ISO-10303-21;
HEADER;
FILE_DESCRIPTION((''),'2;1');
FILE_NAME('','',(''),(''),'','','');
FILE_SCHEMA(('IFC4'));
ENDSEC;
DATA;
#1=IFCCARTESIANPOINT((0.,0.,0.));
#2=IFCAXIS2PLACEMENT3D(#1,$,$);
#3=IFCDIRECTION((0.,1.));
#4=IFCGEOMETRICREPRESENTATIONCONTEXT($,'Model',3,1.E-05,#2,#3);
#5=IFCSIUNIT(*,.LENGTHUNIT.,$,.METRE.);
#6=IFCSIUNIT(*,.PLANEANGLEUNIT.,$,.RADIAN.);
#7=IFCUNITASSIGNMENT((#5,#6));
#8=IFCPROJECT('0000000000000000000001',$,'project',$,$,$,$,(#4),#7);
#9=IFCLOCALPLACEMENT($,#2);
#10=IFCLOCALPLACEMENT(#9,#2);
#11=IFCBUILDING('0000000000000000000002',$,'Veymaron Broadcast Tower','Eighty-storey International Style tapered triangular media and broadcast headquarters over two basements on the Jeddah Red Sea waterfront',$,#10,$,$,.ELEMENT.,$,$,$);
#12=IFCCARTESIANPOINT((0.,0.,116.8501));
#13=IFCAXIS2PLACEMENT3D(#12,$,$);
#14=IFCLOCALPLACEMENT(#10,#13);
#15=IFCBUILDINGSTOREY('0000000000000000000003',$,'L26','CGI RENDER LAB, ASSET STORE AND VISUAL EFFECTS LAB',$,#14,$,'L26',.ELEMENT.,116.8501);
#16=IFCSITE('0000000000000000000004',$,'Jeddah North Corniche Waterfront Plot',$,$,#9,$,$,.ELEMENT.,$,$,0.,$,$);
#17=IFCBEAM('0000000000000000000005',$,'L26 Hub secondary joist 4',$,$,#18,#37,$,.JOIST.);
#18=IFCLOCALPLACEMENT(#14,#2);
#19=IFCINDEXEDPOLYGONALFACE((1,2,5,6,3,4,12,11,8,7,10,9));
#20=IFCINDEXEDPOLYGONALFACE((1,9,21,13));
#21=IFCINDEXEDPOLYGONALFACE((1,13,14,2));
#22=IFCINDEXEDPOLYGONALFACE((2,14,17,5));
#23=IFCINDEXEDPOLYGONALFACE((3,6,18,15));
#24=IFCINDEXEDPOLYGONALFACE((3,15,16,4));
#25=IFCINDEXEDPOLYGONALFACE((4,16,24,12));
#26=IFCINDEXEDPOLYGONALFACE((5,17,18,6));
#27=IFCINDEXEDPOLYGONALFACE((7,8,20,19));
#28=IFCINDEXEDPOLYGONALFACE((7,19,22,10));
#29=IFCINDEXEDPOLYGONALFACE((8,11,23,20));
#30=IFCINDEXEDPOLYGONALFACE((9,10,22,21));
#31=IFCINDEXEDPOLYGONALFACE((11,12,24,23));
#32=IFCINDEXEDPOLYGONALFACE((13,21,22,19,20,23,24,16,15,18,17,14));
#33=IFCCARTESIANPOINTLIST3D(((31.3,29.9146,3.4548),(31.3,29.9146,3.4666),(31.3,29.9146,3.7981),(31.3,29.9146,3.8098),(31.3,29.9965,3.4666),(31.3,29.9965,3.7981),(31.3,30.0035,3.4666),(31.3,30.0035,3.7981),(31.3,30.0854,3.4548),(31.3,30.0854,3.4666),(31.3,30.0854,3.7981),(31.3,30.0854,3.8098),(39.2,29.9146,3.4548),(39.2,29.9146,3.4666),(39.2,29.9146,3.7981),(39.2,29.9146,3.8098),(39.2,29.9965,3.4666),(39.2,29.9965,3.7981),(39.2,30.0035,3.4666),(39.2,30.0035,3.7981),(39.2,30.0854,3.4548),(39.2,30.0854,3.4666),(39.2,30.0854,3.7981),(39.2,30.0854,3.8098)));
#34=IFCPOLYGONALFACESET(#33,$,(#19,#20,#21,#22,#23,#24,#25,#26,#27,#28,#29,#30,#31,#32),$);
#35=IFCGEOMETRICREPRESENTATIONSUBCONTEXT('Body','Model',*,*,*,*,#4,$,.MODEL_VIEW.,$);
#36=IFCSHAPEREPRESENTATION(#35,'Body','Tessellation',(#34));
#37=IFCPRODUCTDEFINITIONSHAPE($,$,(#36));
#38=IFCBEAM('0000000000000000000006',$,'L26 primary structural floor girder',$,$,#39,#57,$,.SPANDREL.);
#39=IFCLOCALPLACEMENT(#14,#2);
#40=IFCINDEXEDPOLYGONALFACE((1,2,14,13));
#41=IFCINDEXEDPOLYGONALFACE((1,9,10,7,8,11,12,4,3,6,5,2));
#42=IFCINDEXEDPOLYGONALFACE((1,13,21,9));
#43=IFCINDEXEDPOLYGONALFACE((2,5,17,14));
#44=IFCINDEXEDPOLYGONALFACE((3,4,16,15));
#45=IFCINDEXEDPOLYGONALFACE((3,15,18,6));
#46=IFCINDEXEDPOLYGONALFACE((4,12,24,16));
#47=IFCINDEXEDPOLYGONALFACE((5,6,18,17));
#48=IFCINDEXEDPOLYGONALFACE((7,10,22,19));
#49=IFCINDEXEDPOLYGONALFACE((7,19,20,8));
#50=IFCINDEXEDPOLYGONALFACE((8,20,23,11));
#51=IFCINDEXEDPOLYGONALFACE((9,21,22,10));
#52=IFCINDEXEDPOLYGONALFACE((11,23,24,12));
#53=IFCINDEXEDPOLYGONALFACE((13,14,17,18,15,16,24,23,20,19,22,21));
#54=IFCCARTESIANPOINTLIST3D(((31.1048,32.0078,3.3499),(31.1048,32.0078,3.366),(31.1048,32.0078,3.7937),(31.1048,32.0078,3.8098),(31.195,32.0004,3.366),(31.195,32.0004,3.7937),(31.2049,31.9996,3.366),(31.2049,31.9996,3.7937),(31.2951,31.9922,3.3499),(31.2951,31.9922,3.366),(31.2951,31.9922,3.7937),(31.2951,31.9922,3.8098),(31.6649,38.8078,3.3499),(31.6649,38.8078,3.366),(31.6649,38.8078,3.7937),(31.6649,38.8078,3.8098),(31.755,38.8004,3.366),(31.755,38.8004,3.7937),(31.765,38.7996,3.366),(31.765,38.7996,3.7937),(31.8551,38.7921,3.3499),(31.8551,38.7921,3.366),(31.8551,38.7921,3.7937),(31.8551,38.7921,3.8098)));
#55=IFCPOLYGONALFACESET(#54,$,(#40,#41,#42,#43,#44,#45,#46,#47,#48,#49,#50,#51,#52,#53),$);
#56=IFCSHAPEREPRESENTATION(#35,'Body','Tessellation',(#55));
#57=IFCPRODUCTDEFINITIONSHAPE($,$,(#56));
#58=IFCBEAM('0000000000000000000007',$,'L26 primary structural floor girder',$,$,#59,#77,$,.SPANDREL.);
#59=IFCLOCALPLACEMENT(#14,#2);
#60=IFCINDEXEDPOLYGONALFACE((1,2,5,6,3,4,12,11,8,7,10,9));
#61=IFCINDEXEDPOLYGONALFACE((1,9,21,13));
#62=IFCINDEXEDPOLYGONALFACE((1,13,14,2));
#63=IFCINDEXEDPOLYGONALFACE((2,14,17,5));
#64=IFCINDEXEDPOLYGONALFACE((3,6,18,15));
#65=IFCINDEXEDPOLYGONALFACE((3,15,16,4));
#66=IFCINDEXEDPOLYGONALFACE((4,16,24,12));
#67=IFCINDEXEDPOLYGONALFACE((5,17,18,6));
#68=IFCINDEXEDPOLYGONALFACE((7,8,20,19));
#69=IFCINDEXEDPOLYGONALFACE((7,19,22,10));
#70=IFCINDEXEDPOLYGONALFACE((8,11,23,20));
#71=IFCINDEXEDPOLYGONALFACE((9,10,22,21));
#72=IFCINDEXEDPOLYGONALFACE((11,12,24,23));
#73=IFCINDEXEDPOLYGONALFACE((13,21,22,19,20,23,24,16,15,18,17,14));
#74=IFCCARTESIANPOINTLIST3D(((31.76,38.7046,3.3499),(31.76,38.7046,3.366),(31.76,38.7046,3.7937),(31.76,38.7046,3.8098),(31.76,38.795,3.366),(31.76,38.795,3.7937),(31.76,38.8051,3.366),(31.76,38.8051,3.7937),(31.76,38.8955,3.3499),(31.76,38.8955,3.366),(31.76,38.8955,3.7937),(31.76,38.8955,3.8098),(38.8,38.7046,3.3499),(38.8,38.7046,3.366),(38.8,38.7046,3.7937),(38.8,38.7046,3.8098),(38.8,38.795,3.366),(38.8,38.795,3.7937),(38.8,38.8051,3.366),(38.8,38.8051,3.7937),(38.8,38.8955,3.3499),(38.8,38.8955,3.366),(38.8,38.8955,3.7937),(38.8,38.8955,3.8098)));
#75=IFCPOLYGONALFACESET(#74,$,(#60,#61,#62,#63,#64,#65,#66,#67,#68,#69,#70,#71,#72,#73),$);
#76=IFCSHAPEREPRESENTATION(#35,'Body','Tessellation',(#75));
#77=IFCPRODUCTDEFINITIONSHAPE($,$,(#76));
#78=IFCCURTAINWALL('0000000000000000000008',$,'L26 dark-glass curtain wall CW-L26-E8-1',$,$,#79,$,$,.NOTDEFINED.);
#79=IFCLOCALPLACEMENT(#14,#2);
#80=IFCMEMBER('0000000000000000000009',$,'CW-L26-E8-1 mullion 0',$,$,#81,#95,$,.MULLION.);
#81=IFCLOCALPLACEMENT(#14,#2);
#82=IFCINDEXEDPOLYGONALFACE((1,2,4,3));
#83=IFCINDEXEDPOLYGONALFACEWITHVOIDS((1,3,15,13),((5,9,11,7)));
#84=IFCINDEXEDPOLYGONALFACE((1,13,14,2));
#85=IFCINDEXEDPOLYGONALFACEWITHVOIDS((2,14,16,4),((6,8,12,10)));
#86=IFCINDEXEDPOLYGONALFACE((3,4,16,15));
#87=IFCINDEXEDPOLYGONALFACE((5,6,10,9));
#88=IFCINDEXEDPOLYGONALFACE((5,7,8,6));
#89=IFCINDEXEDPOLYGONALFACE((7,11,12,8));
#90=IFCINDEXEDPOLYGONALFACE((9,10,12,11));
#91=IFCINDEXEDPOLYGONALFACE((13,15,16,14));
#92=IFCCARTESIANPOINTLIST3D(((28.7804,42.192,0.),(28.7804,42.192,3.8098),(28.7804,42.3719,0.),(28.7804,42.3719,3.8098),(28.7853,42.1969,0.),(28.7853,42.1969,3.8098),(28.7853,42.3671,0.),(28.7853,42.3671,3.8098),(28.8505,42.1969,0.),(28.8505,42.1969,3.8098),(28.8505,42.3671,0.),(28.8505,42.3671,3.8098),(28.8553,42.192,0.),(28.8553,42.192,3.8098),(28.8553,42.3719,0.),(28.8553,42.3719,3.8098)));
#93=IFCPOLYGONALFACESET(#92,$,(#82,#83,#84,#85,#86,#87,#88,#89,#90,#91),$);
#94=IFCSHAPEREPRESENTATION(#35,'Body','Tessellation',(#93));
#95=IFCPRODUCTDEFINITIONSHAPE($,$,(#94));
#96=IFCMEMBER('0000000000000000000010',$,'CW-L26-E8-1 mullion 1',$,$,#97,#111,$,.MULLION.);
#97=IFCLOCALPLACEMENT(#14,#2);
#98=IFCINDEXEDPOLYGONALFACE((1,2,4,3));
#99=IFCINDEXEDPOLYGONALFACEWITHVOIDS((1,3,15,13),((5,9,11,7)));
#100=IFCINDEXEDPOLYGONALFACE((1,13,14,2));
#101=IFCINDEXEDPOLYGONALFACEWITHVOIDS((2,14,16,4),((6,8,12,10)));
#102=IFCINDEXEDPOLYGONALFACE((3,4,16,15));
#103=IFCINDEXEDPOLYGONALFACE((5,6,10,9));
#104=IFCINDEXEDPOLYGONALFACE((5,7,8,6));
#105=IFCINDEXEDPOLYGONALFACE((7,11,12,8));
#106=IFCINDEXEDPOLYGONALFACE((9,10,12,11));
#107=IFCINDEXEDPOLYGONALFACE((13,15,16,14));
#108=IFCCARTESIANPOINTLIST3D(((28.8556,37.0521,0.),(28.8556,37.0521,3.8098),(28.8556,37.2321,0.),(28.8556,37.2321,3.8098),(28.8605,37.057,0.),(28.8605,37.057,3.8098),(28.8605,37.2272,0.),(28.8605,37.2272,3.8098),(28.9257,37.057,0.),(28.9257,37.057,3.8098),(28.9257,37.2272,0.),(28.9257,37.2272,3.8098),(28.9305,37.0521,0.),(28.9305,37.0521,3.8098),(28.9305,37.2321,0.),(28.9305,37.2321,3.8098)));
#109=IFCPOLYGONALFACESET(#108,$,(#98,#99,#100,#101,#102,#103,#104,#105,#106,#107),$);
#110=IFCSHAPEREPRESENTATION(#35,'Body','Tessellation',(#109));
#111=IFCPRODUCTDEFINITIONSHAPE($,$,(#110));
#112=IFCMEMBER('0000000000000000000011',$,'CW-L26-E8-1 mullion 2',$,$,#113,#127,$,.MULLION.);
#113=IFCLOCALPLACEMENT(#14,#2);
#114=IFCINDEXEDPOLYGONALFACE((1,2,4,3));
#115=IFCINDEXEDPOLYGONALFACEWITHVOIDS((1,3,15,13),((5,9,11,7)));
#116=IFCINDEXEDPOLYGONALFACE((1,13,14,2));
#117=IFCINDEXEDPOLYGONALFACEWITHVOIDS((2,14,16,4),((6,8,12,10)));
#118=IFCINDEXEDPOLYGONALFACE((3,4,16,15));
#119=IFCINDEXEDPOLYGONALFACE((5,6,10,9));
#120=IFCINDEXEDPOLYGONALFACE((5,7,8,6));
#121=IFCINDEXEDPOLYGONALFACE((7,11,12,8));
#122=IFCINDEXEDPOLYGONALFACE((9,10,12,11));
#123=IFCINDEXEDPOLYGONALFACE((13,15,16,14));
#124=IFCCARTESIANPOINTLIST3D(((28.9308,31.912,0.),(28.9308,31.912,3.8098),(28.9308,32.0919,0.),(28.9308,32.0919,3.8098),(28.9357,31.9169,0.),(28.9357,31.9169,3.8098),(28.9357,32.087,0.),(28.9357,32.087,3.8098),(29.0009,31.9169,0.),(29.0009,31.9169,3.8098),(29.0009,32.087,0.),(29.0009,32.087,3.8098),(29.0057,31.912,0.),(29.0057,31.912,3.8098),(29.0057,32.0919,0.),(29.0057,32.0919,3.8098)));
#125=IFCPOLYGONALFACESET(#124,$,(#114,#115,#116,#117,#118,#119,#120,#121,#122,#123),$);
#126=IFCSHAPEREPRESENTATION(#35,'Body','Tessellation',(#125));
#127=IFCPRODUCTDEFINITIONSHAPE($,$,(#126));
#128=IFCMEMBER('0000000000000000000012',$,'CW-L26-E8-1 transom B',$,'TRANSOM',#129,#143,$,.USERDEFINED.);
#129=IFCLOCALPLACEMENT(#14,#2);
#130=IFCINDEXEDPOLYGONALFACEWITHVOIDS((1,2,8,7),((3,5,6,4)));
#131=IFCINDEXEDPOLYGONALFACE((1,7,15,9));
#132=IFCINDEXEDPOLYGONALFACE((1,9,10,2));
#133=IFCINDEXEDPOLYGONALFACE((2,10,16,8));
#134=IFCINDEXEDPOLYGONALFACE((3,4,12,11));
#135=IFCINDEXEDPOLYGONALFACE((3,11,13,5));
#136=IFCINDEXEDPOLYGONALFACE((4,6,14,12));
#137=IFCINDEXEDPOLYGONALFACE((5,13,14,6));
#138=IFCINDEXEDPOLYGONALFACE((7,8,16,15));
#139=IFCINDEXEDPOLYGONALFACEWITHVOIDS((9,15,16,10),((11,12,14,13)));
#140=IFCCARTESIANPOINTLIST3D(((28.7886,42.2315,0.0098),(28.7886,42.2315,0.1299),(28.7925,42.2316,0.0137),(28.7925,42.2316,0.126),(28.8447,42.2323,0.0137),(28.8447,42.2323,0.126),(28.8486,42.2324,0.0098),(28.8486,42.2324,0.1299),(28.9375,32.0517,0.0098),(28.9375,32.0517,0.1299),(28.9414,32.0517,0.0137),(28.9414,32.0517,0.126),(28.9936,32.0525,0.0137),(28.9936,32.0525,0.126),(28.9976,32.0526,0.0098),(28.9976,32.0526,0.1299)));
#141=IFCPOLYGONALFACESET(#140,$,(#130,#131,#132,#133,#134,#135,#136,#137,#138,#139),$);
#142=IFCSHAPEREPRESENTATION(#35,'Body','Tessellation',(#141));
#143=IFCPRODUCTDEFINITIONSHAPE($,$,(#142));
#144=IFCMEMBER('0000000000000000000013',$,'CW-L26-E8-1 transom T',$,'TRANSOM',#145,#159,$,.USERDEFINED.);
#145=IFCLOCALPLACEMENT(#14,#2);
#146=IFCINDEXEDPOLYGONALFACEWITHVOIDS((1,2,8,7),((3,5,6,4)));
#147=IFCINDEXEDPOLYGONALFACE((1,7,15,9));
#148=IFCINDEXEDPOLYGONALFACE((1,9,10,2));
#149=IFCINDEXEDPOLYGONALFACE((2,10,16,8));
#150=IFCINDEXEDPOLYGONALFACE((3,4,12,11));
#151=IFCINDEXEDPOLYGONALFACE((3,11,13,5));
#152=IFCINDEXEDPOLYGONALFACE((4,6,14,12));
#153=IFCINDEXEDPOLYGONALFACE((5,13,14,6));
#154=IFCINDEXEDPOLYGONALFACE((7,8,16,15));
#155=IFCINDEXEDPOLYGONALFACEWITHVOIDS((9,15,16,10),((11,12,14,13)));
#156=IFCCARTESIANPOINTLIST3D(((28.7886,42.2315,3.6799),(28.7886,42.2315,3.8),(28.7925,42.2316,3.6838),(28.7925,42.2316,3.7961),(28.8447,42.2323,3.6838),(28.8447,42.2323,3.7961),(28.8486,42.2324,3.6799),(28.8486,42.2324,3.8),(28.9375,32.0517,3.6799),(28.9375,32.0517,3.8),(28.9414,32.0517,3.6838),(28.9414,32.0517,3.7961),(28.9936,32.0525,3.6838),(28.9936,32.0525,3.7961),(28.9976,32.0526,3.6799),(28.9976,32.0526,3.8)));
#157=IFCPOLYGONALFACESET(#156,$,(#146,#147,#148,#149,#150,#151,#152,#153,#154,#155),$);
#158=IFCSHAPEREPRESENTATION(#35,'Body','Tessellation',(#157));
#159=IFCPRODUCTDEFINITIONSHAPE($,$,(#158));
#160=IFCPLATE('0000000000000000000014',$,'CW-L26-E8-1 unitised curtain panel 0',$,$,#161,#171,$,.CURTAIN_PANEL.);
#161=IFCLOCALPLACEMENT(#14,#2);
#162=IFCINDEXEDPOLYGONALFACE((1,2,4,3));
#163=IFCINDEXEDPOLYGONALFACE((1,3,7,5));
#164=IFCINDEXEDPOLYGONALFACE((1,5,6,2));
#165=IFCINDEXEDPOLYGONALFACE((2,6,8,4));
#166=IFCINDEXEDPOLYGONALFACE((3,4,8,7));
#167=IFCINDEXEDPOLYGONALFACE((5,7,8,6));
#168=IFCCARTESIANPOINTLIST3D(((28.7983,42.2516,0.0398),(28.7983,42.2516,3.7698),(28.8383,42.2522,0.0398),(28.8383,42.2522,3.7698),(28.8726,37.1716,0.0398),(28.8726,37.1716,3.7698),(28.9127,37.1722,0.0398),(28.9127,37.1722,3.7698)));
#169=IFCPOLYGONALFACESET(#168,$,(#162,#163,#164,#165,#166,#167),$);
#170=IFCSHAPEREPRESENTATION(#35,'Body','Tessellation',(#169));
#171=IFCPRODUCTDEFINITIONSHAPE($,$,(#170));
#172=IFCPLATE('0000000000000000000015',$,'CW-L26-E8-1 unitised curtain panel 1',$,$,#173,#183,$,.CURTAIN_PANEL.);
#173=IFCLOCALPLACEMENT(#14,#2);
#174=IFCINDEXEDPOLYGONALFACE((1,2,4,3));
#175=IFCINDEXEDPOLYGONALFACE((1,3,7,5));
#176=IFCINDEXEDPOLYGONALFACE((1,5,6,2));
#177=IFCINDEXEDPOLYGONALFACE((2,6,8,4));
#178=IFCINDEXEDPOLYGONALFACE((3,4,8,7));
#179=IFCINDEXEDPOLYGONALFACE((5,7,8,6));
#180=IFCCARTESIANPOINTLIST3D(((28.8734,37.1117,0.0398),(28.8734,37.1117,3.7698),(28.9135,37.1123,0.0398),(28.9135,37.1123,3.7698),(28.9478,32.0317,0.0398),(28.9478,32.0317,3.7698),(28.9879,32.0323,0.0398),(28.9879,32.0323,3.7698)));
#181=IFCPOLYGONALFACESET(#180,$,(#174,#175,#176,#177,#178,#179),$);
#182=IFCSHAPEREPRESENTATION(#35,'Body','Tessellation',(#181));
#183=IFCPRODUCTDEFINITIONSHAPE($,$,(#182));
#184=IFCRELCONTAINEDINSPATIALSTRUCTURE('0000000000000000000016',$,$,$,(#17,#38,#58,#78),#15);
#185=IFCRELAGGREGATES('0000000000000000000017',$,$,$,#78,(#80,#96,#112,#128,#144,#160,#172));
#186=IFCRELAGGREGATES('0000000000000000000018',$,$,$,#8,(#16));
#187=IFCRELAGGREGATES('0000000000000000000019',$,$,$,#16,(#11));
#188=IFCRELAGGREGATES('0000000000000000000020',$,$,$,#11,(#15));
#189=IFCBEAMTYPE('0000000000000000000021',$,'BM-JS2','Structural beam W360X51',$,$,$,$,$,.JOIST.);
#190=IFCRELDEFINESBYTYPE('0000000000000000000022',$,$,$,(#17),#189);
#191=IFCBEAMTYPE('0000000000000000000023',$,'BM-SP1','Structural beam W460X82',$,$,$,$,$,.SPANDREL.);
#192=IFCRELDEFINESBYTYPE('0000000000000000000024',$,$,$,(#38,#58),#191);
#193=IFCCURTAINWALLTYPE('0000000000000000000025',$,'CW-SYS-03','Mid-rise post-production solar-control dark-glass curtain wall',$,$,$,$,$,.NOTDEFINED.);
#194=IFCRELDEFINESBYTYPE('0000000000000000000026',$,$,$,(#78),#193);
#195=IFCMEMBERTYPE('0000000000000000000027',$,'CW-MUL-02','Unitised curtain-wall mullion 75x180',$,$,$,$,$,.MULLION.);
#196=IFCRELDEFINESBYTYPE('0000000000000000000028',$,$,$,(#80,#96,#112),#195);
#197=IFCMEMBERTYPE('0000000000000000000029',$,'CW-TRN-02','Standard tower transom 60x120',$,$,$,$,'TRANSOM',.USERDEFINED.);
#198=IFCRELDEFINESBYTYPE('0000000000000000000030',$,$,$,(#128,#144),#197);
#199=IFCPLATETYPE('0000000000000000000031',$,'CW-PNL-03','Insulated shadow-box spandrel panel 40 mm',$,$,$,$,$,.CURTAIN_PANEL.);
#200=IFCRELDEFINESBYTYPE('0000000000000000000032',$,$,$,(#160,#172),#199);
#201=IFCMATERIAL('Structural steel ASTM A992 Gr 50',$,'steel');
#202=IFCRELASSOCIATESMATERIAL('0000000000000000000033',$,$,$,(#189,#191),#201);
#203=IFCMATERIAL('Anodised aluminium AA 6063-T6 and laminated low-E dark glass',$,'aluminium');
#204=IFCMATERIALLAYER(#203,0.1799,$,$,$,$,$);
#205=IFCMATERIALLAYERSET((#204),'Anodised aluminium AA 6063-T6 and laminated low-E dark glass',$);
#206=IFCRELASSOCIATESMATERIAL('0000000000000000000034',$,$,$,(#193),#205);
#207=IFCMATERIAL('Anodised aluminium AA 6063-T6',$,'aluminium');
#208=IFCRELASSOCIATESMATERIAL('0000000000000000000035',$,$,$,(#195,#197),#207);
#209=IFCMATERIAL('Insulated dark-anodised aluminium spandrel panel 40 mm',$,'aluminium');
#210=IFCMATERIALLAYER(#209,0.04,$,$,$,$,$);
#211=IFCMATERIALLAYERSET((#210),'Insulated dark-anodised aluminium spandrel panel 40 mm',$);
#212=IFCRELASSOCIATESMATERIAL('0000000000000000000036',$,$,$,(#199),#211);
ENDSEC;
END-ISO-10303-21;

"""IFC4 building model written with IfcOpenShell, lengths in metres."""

from ifc_helpers import new_model, si_unit, direction, frame, origin, origin_2d, place, context, subcontext, project, spatial, rectangle, hollow_rectangle, i_section, extrude, material, layer, layer_set, material_profile, profile_set, type_object, element, aggregate, save


model = new_model("IFC4")

# Units and contexts
model_context = context("Model", 3, precision=1e-05, world=origin(), true_north=direction((0.0, 1.0)))
body_context = subcontext(model_context, "Body", "Model", "MODEL_VIEW")
ifc_project = project(units=[si_unit("LENGTHUNIT", "METRE"), si_unit("PLANEANGLEUNIT", "RADIAN")], contexts=[model_context])

# Site, building, storey
site_placement = place(None, origin())
site = spatial("IfcSite", under=ifc_project, at=site_placement, Name="Jeddah North Corniche Waterfront Plot", CompositionType="ELEMENT", RefElevation=0.0)
building_placement = place(site_placement, origin())
building = spatial("IfcBuilding", under=site, at=building_placement, Name="Veymaron Broadcast Tower", Description="Eighty-storey International Style tapered triangular media and broadcast headquarters over two basements on the Jeddah Red Sea waterfront", CompositionType="ELEMENT")
storey_placement = place(building_placement, frame((0.0, 0.0, 116.8501)))
storey = spatial("IfcBuildingStorey", under=building, at=storey_placement, Name="L26", Description="CGI RENDER LAB, ASSET STORE AND VISUAL EFFECTS LAB", LongName="L26", CompositionType="ELEMENT", Elevation=116.8501)

# Shared definitions
ifc_material_1 = material(Name="Structural steel ASTM A992 Gr 50", Category="steel")

# Beams
ifc_material_profile_1 = material_profile(ifc_material_1, i_section(OverallWidth=0.1709, OverallDepth=0.355, WebThickness=0.0071, FlangeThickness=0.0117, at=origin_2d()), Name="W360X51")
ifc_profile_set_1 = profile_set([ifc_material_profile_1], Name="Structural steel ASTM A992 Gr 50")
beam_type_1 = type_object("IfcBeamType", Name="BM-JS2", Description="Structural beam W360X51", PredefinedType="JOIST", material=ifc_profile_set_1)
for number, where, z_axis, x_axis, name in (
    (1, (31.3, 30.0, 3.6323), (1.0, 0.0, 0.0), (0.0, 1.0, 0.0), "L26 Hub secondary joist 4"),
):
    element("IfcBeam", number, at=place(storey_placement, frame(where, z_axis=z_axis, x_axis=x_axis)), inside=storey, type_object=beam_type_1, Name=name, PredefinedType="JOIST", context=body_context, shape_type="SweptSolid", body=[
        extrude(i_section(OverallWidth=0.1709, OverallDepth=0.355, WebThickness=0.0071, FlangeThickness=0.0117, at=origin_2d()), origin(), (0.0, 0.0, 1.0), 7.8999),
    ])
ifc_material_profile_2 = material_profile(ifc_material_1, i_section(OverallWidth=0.1909, OverallDepth=0.46, WebThickness=0.01, FlangeThickness=0.0161, at=origin_2d()), Name="W460X82")
ifc_profile_set_2 = profile_set([ifc_material_profile_2], Name="Structural steel ASTM A992 Gr 50")
beam_type_2 = type_object("IfcBeamType", Name="BM-SP1", Description="Structural beam W460X82", PredefinedType="SPANDREL", material=ifc_profile_set_2)
beam_1_placement = place(storey_placement, frame((31.2, 32.0, 3.5798), z_axis=(0.082083, 0.996625, 0.0), x_axis=(-0.996625, 0.082083, 0.0)))
element("IfcBeam", 2, at=beam_1_placement, inside=storey, type_object=beam_type_2, Name="L26 primary structural floor girder", PredefinedType="SPANDREL", context=body_context, shape_type="SweptSolid", body=[
    extrude(i_section(OverallWidth=0.1909, OverallDepth=0.46, WebThickness=0.01, FlangeThickness=0.0161, at=origin_2d()), origin(), (0.0, 0.0, 1.0), 6.823),
])
beam_2_placement = place(storey_placement, frame((31.76, 38.8, 3.5798), z_axis=(1.0, 0.0, 0.0), x_axis=(0.0, 1.0, 0.0)))
element("IfcBeam", 3, at=beam_2_placement, inside=storey, type_object=beam_type_2, Name="L26 primary structural floor girder", PredefinedType="SPANDREL", context=body_context, shape_type="SweptSolid", body=[
    extrude(i_section(OverallWidth=0.1909, OverallDepth=0.46, WebThickness=0.01, FlangeThickness=0.0161, at=origin_2d()), origin(), (0.0, 0.0, 1.0), 7.04),
])

# Curtain wall, members, plates
ifc_material_2 = material(Name="Anodised aluminium AA 6063-T6 and laminated low-E dark glass", Category="aluminium")
ifc_layer_1 = layer(ifc_material_2, 0.1799)
ifc_layer_set_1 = layer_set([ifc_layer_1], Name="Anodised aluminium AA 6063-T6 and laminated low-E dark glass")
curtain_wall_type = type_object("IfcCurtainWallType", Name="CW-SYS-03", Description="Mid-rise post-production solar-control dark-glass curtain wall", PredefinedType="NOTDEFINED", material=ifc_layer_set_1)
curtain_wall_placement = place(storey_placement, origin())
curtain_wall = element("IfcCurtainWall", 4, at=curtain_wall_placement, inside=storey, type_object=curtain_wall_type, Name="L26 dark-glass curtain wall CW-L26-E8-1", PredefinedType="NOTDEFINED")
ifc_material_3 = material(Name="Anodised aluminium AA 6063-T6", Category="aluminium")
ifc_material_profile_3 = material_profile(ifc_material_3, hollow_rectangle(XDim=0.075, YDim=0.1799, WallThickness=0.0049, at=origin_2d()), Name="AL180X75X5")
ifc_profile_set_3 = profile_set([ifc_material_profile_3], Name="Anodised aluminium AA 6063-T6")
member_type_1 = type_object("IfcMemberType", Name="CW-MUL-02", Description="Unitised curtain-wall mullion 75x180", PredefinedType="MULLION", material=ifc_profile_set_3)
member_1_placement = place(storey_placement, frame((28.8179, 42.282, 0.0), z_axis=(0.0, 0.0, 1.0), x_axis=(1.0, 0.0, 0.0)))
member_1 = element("IfcMember", 5, at=member_1_placement, type_object=member_type_1, Name="CW-L26-E8-1 mullion 0", PredefinedType="MULLION", context=body_context, shape_type="SweptSolid", body=[
    extrude(hollow_rectangle(XDim=0.075, YDim=0.1799, WallThickness=0.0049, at=origin_2d()), origin(), (0.0, 0.0, 1.0), 3.8098),
])
member_2_placement = place(storey_placement, frame((28.8931, 37.1421, 0.0), z_axis=(0.0, 0.0, 1.0), x_axis=(1.0, 0.0, 0.0)))
member_2 = element("IfcMember", 6, at=member_2_placement, type_object=member_type_1, Name="CW-L26-E8-1 mullion 1", PredefinedType="MULLION", context=body_context, shape_type="SweptSolid", body=[
    extrude(hollow_rectangle(XDim=0.075, YDim=0.1799, WallThickness=0.0049, at=origin_2d()), origin(), (0.0, 0.0, 1.0), 3.8098),
])
member_3_placement = place(storey_placement, frame((28.9683, 32.002, 0.0), z_axis=(0.0, 0.0, 1.0), x_axis=(1.0, 0.0, 0.0)))
member_3 = element("IfcMember", 7, at=member_3_placement, type_object=member_type_1, Name="CW-L26-E8-1 mullion 2", PredefinedType="MULLION", context=body_context, shape_type="SweptSolid", body=[
    extrude(hollow_rectangle(XDim=0.075, YDim=0.1799, WallThickness=0.0049, at=origin_2d()), origin(), (0.0, 0.0, 1.0), 3.8098),
])
ifc_material_profile_4 = material_profile(ifc_material_3, hollow_rectangle(XDim=0.0601, YDim=0.1201, WallThickness=0.0039, at=origin_2d()), Name="AL120X60X4")
ifc_profile_set_4 = profile_set([ifc_material_profile_4], Name="Anodised aluminium AA 6063-T6")
member_type_2 = type_object("IfcMemberType", Name="CW-TRN-02", Description="Standard tower transom 60x120", ElementType="TRANSOM", PredefinedType="USERDEFINED", material=ifc_profile_set_4)
member_4_placement = place(storey_placement, frame((28.8186, 42.2319, 0.0698), z_axis=(0.014628, -0.999893, 0.0), x_axis=(0.999893, 0.014628, 0.0)))
member_4 = element("IfcMember", 8, at=member_4_placement, type_object=member_type_2, Name="CW-L26-E8-1 transom B", ObjectType="TRANSOM", PredefinedType="USERDEFINED", context=body_context, shape_type="SweptSolid", body=[
    extrude(hollow_rectangle(XDim=0.0601, YDim=0.1201, WallThickness=0.0039, at=origin_2d()), origin(), (0.0, 0.0, 1.0), 10.1809),
])
member_5_placement = place(storey_placement, frame((28.8186, 42.2319, 3.74), z_axis=(0.014628, -0.999893, 0.0), x_axis=(0.999893, 0.014628, 0.0)))
member_5 = element("IfcMember", 9, at=member_5_placement, type_object=member_type_2, Name="CW-L26-E8-1 transom T", ObjectType="TRANSOM", PredefinedType="USERDEFINED", context=body_context, shape_type="SweptSolid", body=[
    extrude(hollow_rectangle(XDim=0.0601, YDim=0.1201, WallThickness=0.0039, at=origin_2d()), origin(), (0.0, 0.0, 1.0), 10.1809),
])
ifc_material_4 = material(Name="Insulated dark-anodised aluminium spandrel panel 40 mm", Category="aluminium")
ifc_layer_2 = layer(ifc_material_4, 0.04)
ifc_layer_set_2 = layer_set([ifc_layer_2], Name="Insulated dark-anodised aluminium spandrel panel 40 mm")
plate_type = type_object("IfcPlateType", Name="CW-PNL-03", Description="Insulated shadow-box spandrel panel 40 mm", PredefinedType="CURTAIN_PANEL", material=ifc_layer_set_2)
plate_1_placement = place(storey_placement, frame((28.8555, 39.7119, 0.0398), z_axis=(0.0, 0.0, 1.0), x_axis=(0.014643, -0.999893, 0.0)))
plate_1 = element("IfcPlate", 10, at=plate_1_placement, type_object=plate_type, Name="CW-L26-E8-1 unitised curtain panel 0", PredefinedType="CURTAIN_PANEL", context=body_context, shape_type="SweptSolid", body=[
    extrude(rectangle(XDim=5.0806, YDim=0.04, at=origin_2d()), origin(), (0.0, 0.0, 1.0), 3.73),
])
plate_2_placement = place(storey_placement, frame((28.9307, 34.572, 0.0398), z_axis=(0.0, 0.0, 1.0), x_axis=(0.014643, -0.999893, 0.0)))
plate_2 = element("IfcPlate", 11, at=plate_2_placement, type_object=plate_type, Name="CW-L26-E8-1 unitised curtain panel 1", PredefinedType="CURTAIN_PANEL", context=body_context, shape_type="SweptSolid", body=[
    extrude(rectangle(XDim=5.0806, YDim=0.04, at=origin_2d()), origin(), (0.0, 0.0, 1.0), 3.73),
])
aggregate(curtain_wall, [member_1, member_2, member_3, member_4, member_5, plate_1, plate_2])

save(model, "model.ifc")
